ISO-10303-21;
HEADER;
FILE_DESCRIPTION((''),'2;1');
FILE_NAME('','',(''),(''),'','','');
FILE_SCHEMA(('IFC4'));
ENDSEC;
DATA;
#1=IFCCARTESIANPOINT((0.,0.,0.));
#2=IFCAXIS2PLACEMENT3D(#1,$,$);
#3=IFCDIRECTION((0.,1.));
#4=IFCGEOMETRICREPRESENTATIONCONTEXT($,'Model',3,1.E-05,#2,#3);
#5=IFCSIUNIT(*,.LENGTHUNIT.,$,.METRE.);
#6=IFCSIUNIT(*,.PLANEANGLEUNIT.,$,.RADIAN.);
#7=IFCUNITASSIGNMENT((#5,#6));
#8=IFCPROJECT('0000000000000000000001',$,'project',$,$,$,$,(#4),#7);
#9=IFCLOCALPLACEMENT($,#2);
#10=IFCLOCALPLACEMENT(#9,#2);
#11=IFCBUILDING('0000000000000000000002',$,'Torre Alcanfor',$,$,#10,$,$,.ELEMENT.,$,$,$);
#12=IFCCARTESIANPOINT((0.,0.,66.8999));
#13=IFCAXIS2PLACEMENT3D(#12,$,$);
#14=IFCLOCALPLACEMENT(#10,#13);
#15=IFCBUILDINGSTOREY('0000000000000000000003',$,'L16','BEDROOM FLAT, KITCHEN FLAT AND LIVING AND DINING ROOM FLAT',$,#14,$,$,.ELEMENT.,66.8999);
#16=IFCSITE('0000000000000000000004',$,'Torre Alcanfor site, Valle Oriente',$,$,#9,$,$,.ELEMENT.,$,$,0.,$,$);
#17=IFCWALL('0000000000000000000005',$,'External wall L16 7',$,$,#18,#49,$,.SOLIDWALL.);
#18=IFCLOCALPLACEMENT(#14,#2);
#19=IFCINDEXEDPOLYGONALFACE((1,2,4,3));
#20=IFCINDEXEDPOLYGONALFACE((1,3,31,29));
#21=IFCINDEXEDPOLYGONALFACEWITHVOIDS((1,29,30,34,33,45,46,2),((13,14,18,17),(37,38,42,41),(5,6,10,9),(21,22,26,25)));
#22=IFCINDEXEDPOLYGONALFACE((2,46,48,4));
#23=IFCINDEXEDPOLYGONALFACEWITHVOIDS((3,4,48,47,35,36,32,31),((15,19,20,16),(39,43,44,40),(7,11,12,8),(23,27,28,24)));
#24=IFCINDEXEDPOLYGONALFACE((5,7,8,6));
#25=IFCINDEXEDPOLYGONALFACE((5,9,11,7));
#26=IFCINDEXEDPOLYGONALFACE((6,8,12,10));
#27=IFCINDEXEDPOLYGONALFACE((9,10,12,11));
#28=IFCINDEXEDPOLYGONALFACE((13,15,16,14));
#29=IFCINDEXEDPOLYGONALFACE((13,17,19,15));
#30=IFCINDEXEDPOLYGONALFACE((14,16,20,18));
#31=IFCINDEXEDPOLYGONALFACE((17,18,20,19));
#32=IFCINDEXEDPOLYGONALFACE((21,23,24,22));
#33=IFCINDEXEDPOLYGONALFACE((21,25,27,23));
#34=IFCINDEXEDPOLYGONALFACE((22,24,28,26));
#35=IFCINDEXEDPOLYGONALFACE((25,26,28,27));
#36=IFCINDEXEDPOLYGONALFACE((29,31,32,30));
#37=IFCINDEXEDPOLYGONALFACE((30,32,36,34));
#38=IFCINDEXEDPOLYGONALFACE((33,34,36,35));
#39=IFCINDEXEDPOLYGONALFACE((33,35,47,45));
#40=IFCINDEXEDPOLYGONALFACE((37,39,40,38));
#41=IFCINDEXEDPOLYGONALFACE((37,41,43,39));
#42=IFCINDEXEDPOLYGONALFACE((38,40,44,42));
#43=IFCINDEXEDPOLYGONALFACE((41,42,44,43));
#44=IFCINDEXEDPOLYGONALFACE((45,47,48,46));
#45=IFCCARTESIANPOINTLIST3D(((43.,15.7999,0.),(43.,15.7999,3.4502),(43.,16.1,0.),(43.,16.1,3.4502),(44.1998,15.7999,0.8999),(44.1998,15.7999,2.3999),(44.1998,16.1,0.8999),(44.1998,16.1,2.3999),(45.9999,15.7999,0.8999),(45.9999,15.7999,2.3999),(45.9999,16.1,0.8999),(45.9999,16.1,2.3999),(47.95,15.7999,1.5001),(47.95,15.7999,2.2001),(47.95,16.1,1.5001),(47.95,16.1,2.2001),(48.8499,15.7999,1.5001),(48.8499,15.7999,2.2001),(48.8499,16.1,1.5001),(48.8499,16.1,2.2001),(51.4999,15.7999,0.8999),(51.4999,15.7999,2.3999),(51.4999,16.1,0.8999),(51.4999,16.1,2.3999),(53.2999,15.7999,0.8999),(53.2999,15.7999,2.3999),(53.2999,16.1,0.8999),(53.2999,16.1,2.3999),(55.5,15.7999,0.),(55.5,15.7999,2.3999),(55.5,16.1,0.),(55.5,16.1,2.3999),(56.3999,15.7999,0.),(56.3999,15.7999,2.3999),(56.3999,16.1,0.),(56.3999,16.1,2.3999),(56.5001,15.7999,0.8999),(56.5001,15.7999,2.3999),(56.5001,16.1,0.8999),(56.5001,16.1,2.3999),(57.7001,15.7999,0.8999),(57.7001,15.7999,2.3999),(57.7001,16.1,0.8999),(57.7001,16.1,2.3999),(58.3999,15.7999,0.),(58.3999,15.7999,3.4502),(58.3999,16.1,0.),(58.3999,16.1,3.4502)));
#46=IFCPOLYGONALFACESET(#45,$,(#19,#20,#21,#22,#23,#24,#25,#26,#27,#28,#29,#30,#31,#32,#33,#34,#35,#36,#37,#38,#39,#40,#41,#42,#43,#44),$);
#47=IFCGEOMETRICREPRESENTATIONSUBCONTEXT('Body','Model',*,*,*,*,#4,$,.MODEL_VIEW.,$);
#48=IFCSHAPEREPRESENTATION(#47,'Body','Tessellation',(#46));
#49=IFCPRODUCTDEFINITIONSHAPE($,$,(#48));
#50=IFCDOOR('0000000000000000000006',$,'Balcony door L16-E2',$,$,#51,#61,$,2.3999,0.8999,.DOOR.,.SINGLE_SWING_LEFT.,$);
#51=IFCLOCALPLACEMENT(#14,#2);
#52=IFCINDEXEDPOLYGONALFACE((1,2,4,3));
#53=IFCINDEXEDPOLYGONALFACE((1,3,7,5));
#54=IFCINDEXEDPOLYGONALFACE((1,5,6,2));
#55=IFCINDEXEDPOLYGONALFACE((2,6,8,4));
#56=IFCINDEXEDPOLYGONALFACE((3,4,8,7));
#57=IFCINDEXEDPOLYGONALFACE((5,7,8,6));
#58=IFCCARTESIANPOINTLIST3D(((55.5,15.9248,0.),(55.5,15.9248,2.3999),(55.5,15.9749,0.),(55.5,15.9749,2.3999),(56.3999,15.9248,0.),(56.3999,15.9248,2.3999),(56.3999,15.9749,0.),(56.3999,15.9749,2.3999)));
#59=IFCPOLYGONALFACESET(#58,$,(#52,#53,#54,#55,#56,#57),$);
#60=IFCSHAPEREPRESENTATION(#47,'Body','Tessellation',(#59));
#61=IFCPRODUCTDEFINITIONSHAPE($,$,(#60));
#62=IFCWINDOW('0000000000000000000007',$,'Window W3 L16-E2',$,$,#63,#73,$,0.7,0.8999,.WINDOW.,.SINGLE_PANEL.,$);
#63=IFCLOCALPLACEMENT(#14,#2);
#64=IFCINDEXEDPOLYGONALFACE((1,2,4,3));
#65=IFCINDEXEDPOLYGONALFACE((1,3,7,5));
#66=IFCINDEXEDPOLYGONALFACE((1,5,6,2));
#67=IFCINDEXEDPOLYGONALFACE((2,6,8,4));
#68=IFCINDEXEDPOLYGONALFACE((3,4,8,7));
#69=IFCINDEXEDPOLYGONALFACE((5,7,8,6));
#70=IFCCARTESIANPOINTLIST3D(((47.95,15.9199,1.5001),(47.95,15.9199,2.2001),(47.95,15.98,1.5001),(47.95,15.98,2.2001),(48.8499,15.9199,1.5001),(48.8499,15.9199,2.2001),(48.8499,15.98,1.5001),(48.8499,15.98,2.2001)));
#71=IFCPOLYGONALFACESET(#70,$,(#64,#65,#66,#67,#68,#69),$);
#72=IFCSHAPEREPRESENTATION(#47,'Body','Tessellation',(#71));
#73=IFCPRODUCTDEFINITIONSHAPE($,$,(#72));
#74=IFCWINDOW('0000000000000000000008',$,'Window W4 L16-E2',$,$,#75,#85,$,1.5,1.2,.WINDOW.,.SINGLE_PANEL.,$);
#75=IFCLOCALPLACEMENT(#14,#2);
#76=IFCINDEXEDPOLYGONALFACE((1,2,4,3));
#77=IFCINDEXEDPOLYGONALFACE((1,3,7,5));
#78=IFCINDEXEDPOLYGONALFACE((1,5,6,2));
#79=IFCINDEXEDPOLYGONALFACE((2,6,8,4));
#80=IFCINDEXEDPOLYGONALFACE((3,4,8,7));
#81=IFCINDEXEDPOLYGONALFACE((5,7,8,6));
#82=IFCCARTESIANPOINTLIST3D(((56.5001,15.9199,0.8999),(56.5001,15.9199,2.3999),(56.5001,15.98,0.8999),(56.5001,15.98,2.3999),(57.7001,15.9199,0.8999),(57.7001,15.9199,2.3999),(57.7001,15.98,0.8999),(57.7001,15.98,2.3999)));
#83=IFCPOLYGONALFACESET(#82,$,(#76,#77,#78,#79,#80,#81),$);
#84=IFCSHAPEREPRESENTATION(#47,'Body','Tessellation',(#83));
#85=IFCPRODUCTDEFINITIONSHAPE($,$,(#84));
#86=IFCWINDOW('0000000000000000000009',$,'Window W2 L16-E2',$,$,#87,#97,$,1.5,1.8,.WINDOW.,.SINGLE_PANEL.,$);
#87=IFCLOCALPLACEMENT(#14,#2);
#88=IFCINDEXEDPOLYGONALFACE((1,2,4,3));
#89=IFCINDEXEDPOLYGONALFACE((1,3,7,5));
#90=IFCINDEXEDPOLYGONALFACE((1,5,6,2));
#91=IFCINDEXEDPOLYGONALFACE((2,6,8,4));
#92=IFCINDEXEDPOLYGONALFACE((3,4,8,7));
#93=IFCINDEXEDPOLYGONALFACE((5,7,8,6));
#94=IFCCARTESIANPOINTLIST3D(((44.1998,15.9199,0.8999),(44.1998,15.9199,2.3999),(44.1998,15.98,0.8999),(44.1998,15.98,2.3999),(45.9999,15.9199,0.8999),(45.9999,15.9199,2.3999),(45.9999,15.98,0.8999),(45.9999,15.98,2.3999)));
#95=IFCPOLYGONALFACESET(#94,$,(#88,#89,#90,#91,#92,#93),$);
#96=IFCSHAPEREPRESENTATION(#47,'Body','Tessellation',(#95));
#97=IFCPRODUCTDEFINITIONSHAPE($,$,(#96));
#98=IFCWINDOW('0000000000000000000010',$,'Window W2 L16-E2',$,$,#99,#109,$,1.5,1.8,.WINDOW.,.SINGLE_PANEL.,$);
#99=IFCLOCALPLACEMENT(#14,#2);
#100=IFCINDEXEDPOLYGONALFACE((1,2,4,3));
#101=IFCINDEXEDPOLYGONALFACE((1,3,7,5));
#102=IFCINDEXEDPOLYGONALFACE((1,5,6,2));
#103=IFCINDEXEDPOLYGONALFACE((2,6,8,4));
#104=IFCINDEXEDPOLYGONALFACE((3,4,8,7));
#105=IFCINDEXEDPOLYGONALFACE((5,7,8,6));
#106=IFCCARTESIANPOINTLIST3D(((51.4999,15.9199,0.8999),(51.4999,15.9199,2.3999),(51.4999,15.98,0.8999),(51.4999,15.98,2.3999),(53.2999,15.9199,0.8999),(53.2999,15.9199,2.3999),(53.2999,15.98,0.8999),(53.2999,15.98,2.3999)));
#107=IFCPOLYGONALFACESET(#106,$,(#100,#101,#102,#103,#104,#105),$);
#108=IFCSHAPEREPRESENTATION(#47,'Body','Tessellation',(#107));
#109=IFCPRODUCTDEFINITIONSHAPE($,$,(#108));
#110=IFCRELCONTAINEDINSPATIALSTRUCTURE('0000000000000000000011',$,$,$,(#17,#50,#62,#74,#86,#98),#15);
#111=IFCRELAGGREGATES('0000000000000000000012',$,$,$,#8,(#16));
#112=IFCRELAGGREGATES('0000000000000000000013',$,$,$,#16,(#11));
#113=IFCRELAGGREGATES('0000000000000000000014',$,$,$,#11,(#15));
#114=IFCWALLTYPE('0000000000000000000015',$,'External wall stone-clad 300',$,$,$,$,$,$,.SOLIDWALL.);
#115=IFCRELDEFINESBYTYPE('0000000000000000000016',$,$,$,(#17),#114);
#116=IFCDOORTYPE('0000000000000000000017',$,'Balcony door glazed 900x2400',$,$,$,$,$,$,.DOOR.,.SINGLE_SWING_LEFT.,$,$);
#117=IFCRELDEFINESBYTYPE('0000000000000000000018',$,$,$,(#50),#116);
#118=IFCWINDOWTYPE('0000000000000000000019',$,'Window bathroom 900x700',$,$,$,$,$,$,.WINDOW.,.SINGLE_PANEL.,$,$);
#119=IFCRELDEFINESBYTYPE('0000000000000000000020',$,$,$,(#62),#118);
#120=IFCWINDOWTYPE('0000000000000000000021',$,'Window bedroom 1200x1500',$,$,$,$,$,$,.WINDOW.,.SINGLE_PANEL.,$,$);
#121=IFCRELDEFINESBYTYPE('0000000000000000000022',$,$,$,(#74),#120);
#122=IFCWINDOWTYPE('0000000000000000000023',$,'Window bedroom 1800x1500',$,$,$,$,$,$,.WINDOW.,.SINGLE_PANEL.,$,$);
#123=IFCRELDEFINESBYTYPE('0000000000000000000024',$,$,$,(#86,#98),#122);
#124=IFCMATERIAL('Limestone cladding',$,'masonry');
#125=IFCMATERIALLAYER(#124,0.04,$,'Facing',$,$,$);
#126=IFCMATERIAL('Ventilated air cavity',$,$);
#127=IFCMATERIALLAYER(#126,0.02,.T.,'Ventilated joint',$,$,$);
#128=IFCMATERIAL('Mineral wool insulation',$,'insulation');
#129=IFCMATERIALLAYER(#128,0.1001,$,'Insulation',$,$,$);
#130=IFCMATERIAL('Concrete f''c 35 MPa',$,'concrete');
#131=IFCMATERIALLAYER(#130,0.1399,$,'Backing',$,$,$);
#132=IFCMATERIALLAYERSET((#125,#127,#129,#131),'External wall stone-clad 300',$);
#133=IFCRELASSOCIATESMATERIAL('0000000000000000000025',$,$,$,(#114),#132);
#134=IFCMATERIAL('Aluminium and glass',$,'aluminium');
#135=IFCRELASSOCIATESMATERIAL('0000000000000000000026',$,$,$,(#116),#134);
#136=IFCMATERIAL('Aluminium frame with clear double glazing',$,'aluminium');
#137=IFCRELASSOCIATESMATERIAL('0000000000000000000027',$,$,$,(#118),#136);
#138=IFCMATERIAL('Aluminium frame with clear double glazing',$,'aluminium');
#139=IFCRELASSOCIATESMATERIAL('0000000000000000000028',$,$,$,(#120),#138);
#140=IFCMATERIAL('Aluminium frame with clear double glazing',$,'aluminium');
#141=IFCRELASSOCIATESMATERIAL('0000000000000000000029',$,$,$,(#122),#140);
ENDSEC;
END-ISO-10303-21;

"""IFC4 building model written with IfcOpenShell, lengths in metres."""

from ifc_helpers import new_model, si_unit, direction, frame, frame_2d, origin, place, context, subcontext, project, spatial, rectangle, extrude, material, layer, layer_set, type_object, element, fill, save


model = new_model("IFC4")

# Units and contexts
model_context = context("Model", 3, precision=1e-05, world=origin(), true_north=direction((0.0, 1.0)))
body_context = subcontext(model_context, "Body", "Model", "MODEL_VIEW")
ifc_project = project(units=[si_unit("LENGTHUNIT", "METRE"), si_unit("PLANEANGLEUNIT", "RADIAN")], contexts=[model_context])

# Site, building, storey
site_placement = place(None, origin())
site = spatial("IfcSite", under=ifc_project, at=site_placement, Name="Torre Alcanfor site, Valle Oriente", CompositionType="ELEMENT", RefElevation=0.0)
building_placement = place(site_placement, origin())
building = spatial("IfcBuilding", under=site, at=building_placement, Name="Torre Alcanfor", CompositionType="ELEMENT")
storey_placement = place(building_placement, frame((0.0, 0.0, 66.8999)))
storey = spatial("IfcBuildingStorey", under=building, at=storey_placement, Name="L16", Description="BEDROOM FLAT, KITCHEN FLAT AND LIVING AND DINING ROOM FLAT", CompositionType="ELEMENT", Elevation=66.8999)

# Wall, openings, door, windows
ifc_material_1 = material(Name="Limestone cladding", Category="masonry")
ifc_layer_1 = layer(ifc_material_1, 0.04, Name="Facing")
ifc_material_2 = material(Name="Ventilated air cavity")
ifc_layer_2 = layer(ifc_material_2, 0.02, ventilated=True, Name="Ventilated joint")
ifc_material_3 = material(Name="Mineral wool insulation", Category="insulation")
ifc_layer_3 = layer(ifc_material_3, 0.1001, Name="Insulation")
ifc_material_4 = material(Name="Concrete f'c 35 MPa", Category="concrete")
ifc_layer_4 = layer(ifc_material_4, 0.1399, Name="Backing")
ifc_layer_set_1 = layer_set([ifc_layer_1, ifc_layer_2, ifc_layer_3, ifc_layer_4], Name="External wall stone-clad 300")
wall_type_1 = type_object("IfcWallType", Name="External wall stone-clad 300", PredefinedType="SOLIDWALL", material=ifc_layer_set_1)
ifc_material_5 = material(Name="Aluminium and glass", Category="aluminium")
door_type = type_object("IfcDoorType", Name="Balcony door glazed 900x2400", OperationType="SINGLE_SWING_LEFT", PredefinedType="DOOR", material=ifc_material_5)
ifc_material_6 = material(Name="Aluminium frame with clear double glazing", Category="aluminium")
window_type_1 = type_object("IfcWindowType", Name="Window bathroom 900x700", PartitioningType="SINGLE_PANEL", PredefinedType="WINDOW", material=ifc_material_6)
ifc_material_7 = material(Name="Aluminium frame with clear double glazing", Category="aluminium")
window_type_2 = type_object("IfcWindowType", Name="Window bedroom 1200x1500", PartitioningType="SINGLE_PANEL", PredefinedType="WINDOW", material=ifc_material_7)
ifc_material_8 = material(Name="Aluminium frame with clear double glazing", Category="aluminium")
window_type_3 = type_object("IfcWindowType", Name="Window bedroom 1800x1500", PartitioningType="SINGLE_PANEL", PredefinedType="WINDOW", material=ifc_material_8)
wall_1_placement = place(storey_placement, frame((43.0, 15.95, 0.0), z_axis=(0.0, 0.0, 1.0), x_axis=(1.0, 0.0, 0.0)))
wall_1 = element("IfcWall", 1, at=wall_1_placement, inside=storey, type_object=wall_type_1, Name="External wall L16 7", PredefinedType="SOLIDWALL", context=body_context, shape_type="SweptSolid", body=[
    extrude(rectangle(XDim=15.3999, YDim=0.3, at=frame_2d((7.7, 0.0))), origin(), (0.0, 0.0, 1.0), 3.4502),
])
opening_1_placement = place(wall_1_placement, frame((1.2, 0.0, 0.8999)))
opening_1 = element("IfcOpeningElement", 2, at=opening_1_placement, cuts=wall_1, PredefinedType="OPENING", context=body_context, shape_type="SweptSolid", body=[
    extrude(rectangle(XDim=1.8, YDim=1.5, at=frame_2d((0.8999, 0.75))), frame((0.0, 0.1599, 0.0), z_axis=(0.0, -1.0, 0.0), x_axis=(1.0, 0.0, 0.0)), (0.0, 0.0, 1.0), 0.3201),
])
opening_2_placement = place(wall_1_placement, frame((4.95, 0.0, 1.5)))
opening_2 = element("IfcOpeningElement", 3, at=opening_2_placement, cuts=wall_1, PredefinedType="OPENING", context=body_context, shape_type="SweptSolid", body=[
    extrude(rectangle(XDim=0.8999, YDim=0.7, at=frame_2d((0.45, 0.3501))), frame((0.0, 0.1599, 0.0), z_axis=(0.0, -1.0, 0.0), x_axis=(1.0, 0.0, 0.0)), (0.0, 0.0, 1.0), 0.3201),
])
opening_3_placement = place(wall_1_placement, frame((8.5, 0.0, 0.8999)))
opening_3 = element("IfcOpeningElement", 4, at=opening_3_placement, cuts=wall_1, PredefinedType="OPENING", context=body_context, shape_type="SweptSolid", body=[
    extrude(rectangle(XDim=1.8, YDim=1.5, at=frame_2d((0.8999, 0.75))), frame((0.0, 0.1599, 0.0), z_axis=(0.0, -1.0, 0.0), x_axis=(1.0, 0.0, 0.0)), (0.0, 0.0, 1.0), 0.3201),
])
opening_4_placement = place(wall_1_placement, frame((12.5, 0.0, 0.0)))
opening_4 = element("IfcOpeningElement", 5, at=opening_4_placement, cuts=wall_1, PredefinedType="OPENING", context=body_context, shape_type="SweptSolid", body=[
    extrude(rectangle(XDim=0.8999, YDim=2.3999, at=frame_2d((0.45, 1.2))), frame((0.0, 0.1599, 0.0), z_axis=(0.0, -1.0, 0.0), x_axis=(1.0, 0.0, 0.0)), (0.0, 0.0, 1.0), 0.3201),
])
opening_5_placement = place(wall_1_placement, frame((13.5, 0.0, 0.8999)))
opening_5 = element("IfcOpeningElement", 6, at=opening_5_placement, cuts=wall_1, PredefinedType="OPENING", context=body_context, shape_type="SweptSolid", body=[
    extrude(rectangle(XDim=1.2, YDim=1.5, at=frame_2d((0.6001, 0.75))), frame((0.0, 0.1599, 0.0), z_axis=(0.0, -1.0, 0.0), x_axis=(1.0, 0.0, 0.0)), (0.0, 0.0, 1.0), 0.3201),
])
door_1_placement = place(opening_4_placement, origin())
door_1 = element("IfcDoor", 7, at=door_1_placement, inside=storey, type_object=door_type, Name="Balcony door L16-E2", OperationType="SINGLE_SWING_LEFT", OverallHeight=2.3999, OverallWidth=0.8999, PredefinedType="DOOR", context=body_context, shape_type="SweptSolid", body=[
    extrude(rectangle(XDim=0.8999, YDim=2.3999, at=frame_2d((0.45, 1.2))), frame((0.0, 0.0249, 0.0), z_axis=(0.0, -1.0, 0.0), x_axis=(1.0, 0.0, 0.0)), (0.0, 0.0, 1.0), 0.05),
])
fill(opening_4, door_1)
window_1_placement = place(opening_2_placement, origin())
window_1 = element("IfcWindow", 8, at=window_1_placement, inside=storey, type_object=window_type_1, Name="Window W3 L16-E2", OverallHeight=0.7, OverallWidth=0.8999, PartitioningType="SINGLE_PANEL", PredefinedType="WINDOW", context=body_context, shape_type="SweptSolid", body=[
    extrude(rectangle(XDim=0.8999, YDim=0.7, at=frame_2d((0.45, 0.3501))), frame((0.0, 0.03, 0.0), z_axis=(0.0, -1.0, 0.0), x_axis=(1.0, 0.0, 0.0)), (0.0, 0.0, 1.0), 0.0601),
])
fill(opening_2, window_1)
window_2_placement = place(opening_5_placement, origin())
window_2 = element("IfcWindow", 9, at=window_2_placement, inside=storey, type_object=window_type_2, Name="Window W4 L16-E2", OverallHeight=1.5, OverallWidth=1.2, PartitioningType="SINGLE_PANEL", PredefinedType="WINDOW", context=body_context, shape_type="SweptSolid", body=[
    extrude(rectangle(XDim=1.2, YDim=1.5, at=frame_2d((0.6001, 0.75))), frame((0.0, 0.03, 0.0), z_axis=(0.0, -1.0, 0.0), x_axis=(1.0, 0.0, 0.0)), (0.0, 0.0, 1.0), 0.0601),
])
fill(opening_5, window_2)
window_3_placement = place(opening_1_placement, origin())
window_3 = element("IfcWindow", 10, at=window_3_placement, inside=storey, type_object=window_type_3, Name="Window W2 L16-E2", OverallHeight=1.5, OverallWidth=1.8, PartitioningType="SINGLE_PANEL", PredefinedType="WINDOW", context=body_context, shape_type="SweptSolid", body=[
    extrude(rectangle(XDim=1.8, YDim=1.5, at=frame_2d((0.8999, 0.75))), frame((0.0, 0.03, 0.0), z_axis=(0.0, -1.0, 0.0), x_axis=(1.0, 0.0, 0.0)), (0.0, 0.0, 1.0), 0.0601),
])
fill(opening_1, window_3)
window_4_placement = place(opening_3_placement, origin())
window_4 = element("IfcWindow", 11, at=window_4_placement, inside=storey, type_object=window_type_3, Name="Window W2 L16-E2", OverallHeight=1.5, OverallWidth=1.8, PartitioningType="SINGLE_PANEL", PredefinedType="WINDOW", context=body_context, shape_type="SweptSolid", body=[
    extrude(rectangle(XDim=1.8, YDim=1.5, at=frame_2d((0.8999, 0.75))), frame((0.0, 0.03, 0.0), z_axis=(0.0, -1.0, 0.0), x_axis=(1.0, 0.0, 0.0)), (0.0, 0.0, 1.0), 0.0601),
])
fill(opening_3, window_4)

save(model, "model.ifc")
